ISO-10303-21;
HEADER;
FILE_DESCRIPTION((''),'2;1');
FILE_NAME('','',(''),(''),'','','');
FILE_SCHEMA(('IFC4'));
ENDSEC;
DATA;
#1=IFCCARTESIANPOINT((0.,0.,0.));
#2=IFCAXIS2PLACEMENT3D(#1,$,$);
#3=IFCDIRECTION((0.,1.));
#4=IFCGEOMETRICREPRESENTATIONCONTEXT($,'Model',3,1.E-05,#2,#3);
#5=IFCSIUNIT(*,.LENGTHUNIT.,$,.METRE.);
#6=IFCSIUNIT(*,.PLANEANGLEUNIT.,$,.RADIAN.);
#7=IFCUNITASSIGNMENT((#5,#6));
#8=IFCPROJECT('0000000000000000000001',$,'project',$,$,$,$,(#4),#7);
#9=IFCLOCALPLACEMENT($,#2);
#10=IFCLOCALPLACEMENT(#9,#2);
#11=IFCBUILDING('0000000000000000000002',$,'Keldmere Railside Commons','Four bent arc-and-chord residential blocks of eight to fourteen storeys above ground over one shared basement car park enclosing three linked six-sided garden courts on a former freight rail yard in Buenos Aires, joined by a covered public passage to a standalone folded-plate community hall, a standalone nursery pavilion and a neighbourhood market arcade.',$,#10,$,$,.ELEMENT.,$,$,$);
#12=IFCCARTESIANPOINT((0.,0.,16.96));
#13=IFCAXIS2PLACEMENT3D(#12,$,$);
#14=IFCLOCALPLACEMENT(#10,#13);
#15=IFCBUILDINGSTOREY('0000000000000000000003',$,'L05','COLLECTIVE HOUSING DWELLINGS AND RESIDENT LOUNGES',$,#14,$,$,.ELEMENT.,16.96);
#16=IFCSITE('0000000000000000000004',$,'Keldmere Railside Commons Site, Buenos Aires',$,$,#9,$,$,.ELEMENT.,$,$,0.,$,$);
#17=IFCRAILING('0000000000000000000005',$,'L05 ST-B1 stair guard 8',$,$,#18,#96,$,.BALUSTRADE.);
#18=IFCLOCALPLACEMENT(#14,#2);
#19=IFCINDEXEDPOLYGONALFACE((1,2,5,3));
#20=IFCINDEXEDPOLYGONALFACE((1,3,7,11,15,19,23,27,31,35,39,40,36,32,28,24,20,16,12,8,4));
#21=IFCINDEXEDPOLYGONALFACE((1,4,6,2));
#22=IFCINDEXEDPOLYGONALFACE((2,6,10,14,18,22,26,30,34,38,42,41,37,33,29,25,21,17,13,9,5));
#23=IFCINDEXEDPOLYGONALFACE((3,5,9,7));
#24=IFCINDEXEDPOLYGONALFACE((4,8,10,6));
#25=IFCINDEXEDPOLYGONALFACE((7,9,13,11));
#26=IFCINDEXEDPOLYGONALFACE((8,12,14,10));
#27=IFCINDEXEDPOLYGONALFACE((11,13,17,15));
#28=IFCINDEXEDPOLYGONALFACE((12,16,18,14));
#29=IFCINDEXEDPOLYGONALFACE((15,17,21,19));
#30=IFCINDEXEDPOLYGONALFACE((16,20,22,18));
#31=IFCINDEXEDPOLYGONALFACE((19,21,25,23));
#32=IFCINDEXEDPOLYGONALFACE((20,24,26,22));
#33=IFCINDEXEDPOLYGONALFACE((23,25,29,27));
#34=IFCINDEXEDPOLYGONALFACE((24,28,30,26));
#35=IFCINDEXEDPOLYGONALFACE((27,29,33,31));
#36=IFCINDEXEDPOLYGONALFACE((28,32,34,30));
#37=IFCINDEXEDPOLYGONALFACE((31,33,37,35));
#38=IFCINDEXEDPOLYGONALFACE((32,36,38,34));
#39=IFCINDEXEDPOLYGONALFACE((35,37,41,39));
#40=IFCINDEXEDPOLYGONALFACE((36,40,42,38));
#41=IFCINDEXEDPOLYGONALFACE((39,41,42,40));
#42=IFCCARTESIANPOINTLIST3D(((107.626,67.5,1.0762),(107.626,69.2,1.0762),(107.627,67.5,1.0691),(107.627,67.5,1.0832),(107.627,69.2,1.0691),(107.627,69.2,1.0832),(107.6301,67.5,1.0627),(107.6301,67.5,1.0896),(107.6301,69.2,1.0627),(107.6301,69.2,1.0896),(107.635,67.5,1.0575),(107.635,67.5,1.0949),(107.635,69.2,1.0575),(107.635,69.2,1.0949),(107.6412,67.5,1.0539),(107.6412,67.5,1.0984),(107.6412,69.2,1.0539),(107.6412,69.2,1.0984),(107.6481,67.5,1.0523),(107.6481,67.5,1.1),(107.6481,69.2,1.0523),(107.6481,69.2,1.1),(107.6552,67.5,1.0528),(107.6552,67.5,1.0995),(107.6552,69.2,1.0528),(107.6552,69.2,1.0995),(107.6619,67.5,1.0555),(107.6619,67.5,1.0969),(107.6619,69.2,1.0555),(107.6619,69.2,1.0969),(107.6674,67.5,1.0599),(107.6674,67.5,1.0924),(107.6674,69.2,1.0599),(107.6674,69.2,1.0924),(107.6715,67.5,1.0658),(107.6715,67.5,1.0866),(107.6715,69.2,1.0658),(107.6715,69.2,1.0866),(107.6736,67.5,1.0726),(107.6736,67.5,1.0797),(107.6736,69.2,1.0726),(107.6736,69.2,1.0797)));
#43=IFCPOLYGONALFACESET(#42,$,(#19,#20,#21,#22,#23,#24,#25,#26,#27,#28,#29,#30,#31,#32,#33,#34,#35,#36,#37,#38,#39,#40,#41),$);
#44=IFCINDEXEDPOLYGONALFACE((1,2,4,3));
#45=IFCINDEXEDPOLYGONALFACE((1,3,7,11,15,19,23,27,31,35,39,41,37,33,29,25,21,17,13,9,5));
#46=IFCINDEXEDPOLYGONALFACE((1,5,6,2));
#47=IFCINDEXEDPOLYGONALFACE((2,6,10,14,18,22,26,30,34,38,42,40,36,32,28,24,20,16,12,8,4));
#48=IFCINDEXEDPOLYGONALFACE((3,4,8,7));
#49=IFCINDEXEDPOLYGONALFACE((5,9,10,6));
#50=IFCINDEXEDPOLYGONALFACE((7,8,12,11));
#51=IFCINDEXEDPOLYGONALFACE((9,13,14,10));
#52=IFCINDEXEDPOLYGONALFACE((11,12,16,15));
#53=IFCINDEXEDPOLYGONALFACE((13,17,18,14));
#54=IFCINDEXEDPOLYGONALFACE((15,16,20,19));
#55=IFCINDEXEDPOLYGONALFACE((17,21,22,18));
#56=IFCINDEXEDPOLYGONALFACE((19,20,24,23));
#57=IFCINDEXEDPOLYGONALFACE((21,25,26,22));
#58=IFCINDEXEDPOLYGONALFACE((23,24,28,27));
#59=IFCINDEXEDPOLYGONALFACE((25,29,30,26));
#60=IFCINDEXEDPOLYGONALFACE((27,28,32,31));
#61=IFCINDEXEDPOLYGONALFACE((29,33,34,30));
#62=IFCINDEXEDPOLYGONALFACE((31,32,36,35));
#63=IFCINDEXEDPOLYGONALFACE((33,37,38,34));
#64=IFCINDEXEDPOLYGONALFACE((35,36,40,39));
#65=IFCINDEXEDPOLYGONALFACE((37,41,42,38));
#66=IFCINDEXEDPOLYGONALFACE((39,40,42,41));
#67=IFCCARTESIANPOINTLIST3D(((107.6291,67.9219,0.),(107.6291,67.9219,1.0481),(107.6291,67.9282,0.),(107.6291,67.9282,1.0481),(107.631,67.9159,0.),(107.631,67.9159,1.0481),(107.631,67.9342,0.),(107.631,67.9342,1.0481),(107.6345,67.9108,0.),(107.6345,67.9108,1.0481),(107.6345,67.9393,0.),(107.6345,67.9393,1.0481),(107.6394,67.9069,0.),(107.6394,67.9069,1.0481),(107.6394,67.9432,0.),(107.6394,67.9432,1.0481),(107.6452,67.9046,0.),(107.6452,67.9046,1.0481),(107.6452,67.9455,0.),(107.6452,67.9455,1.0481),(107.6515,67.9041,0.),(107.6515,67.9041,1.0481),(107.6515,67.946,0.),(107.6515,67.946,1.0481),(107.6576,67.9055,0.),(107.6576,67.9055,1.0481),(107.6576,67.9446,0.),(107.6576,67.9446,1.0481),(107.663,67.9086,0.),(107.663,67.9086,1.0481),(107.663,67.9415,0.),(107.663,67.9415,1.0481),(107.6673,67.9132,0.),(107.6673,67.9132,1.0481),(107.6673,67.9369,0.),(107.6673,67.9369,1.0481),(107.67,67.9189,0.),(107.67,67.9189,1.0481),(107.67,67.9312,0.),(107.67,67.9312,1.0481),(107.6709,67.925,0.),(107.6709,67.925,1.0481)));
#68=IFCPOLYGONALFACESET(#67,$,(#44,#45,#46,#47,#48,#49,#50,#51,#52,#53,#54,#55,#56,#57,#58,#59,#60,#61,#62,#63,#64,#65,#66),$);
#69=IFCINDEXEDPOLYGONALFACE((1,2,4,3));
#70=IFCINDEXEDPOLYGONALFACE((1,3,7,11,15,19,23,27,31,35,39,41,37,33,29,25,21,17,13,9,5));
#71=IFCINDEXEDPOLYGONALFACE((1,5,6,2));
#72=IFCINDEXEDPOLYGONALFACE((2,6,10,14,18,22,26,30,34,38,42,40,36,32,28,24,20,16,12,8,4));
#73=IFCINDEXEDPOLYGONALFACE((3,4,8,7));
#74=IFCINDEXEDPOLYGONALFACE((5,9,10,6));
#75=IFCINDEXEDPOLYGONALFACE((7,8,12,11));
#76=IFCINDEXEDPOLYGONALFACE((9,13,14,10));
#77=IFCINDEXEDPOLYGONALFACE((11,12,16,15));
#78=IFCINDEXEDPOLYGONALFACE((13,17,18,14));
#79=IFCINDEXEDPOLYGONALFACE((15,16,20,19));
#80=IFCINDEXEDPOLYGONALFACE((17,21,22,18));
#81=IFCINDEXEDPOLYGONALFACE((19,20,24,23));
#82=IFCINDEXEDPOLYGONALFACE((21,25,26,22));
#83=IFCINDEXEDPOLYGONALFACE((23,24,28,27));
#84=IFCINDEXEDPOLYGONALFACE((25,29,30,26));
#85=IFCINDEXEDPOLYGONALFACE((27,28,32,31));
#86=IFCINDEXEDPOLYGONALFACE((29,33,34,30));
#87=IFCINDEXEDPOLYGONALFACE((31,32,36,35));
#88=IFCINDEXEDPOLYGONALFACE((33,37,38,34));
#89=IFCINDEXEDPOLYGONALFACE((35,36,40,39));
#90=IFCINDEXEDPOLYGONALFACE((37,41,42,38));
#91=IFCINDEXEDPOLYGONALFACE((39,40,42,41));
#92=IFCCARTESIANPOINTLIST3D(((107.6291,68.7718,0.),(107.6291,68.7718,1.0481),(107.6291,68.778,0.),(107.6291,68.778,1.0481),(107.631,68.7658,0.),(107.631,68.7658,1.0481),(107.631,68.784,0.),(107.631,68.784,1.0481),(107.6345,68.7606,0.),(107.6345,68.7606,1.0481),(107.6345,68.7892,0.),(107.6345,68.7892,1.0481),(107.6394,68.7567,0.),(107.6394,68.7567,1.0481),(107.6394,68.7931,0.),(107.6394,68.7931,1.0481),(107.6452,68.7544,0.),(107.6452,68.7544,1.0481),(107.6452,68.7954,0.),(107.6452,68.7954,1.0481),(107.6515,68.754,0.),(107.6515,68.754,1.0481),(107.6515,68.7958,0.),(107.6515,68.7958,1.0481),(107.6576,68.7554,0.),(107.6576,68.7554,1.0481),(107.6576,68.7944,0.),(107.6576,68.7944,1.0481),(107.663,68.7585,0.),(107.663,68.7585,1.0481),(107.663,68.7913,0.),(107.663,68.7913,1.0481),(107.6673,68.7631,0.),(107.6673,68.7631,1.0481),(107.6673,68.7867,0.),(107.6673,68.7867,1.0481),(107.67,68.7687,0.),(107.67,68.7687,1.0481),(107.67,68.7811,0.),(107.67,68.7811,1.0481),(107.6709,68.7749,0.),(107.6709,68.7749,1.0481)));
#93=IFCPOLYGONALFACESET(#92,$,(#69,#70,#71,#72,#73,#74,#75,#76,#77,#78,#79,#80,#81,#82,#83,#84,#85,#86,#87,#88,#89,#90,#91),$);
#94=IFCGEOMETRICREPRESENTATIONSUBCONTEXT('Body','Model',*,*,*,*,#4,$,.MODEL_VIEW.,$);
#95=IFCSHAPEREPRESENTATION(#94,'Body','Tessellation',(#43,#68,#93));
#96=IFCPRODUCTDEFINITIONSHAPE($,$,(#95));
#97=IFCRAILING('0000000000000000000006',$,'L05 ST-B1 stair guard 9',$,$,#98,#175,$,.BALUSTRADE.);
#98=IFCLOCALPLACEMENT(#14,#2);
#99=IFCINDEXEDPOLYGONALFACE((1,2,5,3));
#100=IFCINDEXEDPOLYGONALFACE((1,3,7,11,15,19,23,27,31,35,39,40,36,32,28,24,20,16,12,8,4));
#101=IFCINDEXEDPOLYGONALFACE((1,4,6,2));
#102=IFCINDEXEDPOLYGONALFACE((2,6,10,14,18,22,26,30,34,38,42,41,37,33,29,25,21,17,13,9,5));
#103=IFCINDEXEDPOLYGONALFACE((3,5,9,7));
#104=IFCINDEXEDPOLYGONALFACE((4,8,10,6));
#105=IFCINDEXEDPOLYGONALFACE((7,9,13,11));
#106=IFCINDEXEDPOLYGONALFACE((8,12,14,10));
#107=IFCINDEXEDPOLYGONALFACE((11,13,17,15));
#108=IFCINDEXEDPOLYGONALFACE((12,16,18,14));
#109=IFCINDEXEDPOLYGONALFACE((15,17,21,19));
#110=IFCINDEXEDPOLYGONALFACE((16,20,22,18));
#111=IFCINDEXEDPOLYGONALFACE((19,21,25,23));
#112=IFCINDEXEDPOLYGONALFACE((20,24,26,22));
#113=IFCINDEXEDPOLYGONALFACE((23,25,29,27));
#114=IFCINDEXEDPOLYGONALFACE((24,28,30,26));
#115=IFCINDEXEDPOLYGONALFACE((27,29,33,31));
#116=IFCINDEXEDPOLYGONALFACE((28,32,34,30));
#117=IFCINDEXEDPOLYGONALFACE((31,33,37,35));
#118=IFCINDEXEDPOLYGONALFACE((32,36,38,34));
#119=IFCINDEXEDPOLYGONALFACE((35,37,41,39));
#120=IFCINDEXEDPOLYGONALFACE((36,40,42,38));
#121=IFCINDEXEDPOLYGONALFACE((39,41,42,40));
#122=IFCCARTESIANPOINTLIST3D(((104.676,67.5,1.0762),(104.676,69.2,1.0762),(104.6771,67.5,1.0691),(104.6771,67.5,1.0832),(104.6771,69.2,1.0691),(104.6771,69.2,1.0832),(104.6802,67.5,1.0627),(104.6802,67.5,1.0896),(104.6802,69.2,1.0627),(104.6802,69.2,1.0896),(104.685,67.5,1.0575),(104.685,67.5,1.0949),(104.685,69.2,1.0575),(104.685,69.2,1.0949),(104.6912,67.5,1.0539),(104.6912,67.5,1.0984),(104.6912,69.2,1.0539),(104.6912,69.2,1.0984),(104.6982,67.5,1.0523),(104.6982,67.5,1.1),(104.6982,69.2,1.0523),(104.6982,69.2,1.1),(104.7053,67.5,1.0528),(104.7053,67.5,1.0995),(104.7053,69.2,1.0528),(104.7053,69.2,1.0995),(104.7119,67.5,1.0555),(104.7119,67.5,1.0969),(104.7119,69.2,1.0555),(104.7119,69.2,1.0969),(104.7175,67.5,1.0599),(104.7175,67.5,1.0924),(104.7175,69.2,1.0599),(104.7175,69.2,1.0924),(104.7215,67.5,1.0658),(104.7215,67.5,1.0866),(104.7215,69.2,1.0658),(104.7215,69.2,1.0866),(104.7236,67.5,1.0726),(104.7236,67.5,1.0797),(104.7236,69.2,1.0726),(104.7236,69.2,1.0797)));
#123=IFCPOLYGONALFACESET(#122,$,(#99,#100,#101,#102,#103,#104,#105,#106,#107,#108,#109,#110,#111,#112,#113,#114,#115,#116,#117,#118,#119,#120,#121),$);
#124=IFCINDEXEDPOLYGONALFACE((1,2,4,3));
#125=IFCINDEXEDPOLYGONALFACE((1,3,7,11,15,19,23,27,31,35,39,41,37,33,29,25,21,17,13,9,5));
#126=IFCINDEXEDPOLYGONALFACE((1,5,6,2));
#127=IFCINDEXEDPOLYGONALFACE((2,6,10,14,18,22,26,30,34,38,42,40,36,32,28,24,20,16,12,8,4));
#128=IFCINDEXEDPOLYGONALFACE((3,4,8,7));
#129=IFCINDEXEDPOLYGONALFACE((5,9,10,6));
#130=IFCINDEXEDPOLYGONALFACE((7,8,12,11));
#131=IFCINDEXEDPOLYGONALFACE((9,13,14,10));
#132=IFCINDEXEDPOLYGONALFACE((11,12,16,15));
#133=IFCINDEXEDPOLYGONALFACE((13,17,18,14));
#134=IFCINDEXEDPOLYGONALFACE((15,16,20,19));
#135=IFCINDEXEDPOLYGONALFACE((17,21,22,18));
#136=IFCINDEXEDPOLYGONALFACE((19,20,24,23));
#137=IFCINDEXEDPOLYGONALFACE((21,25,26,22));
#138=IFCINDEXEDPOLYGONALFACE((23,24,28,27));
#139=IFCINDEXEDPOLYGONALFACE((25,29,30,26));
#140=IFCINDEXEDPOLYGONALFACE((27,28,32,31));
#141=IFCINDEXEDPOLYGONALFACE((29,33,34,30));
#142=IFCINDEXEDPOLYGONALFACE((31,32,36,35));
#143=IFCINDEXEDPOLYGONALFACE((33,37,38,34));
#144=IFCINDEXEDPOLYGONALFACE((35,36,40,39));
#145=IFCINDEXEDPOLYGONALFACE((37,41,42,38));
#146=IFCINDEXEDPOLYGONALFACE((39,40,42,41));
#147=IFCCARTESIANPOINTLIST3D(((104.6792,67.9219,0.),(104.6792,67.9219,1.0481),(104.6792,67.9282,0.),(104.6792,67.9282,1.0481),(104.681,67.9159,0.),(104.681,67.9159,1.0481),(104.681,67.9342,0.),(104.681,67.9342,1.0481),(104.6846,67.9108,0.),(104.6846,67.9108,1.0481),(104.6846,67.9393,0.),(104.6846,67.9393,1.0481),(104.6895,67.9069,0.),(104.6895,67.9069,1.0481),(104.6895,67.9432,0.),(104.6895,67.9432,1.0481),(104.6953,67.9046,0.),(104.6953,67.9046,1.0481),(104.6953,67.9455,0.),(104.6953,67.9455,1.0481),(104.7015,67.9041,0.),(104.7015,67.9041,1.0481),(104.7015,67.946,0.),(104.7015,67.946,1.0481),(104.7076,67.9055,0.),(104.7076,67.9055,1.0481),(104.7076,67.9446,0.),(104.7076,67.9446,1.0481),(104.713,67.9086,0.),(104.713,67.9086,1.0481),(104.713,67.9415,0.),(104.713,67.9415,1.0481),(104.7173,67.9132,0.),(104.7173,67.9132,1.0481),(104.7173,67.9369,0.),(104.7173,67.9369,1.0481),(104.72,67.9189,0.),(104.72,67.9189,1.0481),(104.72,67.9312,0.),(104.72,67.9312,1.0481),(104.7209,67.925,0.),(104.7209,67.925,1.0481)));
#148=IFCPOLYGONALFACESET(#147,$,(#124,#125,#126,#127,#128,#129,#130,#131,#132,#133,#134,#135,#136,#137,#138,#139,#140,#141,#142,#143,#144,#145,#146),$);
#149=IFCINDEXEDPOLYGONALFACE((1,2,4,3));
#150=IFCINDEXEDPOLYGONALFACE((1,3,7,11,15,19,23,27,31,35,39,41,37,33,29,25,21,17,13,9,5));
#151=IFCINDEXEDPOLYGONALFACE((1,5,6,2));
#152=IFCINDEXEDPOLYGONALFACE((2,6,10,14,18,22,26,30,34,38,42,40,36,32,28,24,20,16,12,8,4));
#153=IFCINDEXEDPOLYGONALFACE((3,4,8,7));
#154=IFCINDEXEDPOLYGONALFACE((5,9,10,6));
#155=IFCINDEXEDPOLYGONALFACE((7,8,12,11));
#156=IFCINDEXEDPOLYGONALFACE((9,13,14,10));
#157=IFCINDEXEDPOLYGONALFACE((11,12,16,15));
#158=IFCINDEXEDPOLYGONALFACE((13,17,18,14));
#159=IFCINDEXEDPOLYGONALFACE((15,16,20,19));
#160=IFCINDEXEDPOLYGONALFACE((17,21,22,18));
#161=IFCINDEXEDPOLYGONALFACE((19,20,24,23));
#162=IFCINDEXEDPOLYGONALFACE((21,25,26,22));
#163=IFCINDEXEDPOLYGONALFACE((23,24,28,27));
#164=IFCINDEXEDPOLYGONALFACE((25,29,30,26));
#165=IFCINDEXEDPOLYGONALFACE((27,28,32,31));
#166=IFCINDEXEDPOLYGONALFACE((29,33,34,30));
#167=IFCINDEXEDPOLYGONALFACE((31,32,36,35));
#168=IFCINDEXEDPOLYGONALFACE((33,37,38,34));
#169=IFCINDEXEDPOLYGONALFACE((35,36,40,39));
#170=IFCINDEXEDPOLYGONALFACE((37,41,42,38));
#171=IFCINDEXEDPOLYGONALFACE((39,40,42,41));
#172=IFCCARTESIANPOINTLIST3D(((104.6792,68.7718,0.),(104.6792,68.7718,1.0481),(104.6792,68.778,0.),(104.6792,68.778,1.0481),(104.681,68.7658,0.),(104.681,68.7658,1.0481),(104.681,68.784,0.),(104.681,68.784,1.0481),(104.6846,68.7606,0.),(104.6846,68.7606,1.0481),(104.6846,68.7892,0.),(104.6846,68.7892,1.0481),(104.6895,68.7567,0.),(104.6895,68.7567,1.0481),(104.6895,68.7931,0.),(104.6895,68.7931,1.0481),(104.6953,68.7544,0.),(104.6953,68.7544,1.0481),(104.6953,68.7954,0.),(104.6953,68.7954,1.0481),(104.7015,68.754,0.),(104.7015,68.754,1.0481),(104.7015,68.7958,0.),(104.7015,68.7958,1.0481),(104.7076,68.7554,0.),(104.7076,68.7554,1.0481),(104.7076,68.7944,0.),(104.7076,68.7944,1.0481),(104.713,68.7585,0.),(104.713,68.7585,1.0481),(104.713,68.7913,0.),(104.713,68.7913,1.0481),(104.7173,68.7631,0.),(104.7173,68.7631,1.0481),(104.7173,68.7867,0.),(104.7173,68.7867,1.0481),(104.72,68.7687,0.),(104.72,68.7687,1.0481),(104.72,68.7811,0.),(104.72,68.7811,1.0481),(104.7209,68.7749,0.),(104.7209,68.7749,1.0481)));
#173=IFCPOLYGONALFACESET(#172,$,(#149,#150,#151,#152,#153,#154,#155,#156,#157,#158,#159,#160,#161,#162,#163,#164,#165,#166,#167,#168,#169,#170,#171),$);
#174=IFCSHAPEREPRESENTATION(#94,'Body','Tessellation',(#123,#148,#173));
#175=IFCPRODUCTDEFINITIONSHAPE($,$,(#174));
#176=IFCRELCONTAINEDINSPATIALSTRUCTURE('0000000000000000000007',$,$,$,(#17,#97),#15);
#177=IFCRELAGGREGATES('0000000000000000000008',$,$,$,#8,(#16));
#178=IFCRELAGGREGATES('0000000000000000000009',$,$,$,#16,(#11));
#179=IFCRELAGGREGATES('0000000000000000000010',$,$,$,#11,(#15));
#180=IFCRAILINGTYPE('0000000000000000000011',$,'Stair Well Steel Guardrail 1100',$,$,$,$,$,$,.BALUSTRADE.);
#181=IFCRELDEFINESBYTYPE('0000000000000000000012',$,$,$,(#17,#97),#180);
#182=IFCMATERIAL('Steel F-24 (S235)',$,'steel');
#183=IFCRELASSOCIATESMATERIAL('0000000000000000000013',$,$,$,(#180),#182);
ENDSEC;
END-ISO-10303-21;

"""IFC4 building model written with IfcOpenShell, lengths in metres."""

from ifc_helpers import new_model, si_unit, direction, frame, origin, origin_2d, place, context, subcontext, project, spatial, circle, extrude, material, type_object, element, save


model = new_model("IFC4")

# Units and contexts
model_context = context("Model", 3, precision=1e-05, world=origin(), true_north=direction((0.0, 1.0)))
body_context = subcontext(model_context, "Body", "Model", "MODEL_VIEW")
ifc_project = project(units=[si_unit("LENGTHUNIT", "METRE"), si_unit("PLANEANGLEUNIT", "RADIAN")], contexts=[model_context])

# Site, building, storey
site_placement = place(None, origin())
site = spatial("IfcSite", under=ifc_project, at=site_placement, Name="Keldmere Railside Commons Site, Buenos Aires", CompositionType="ELEMENT", RefElevation=0.0)
building_placement = place(site_placement, origin())
building = spatial("IfcBuilding", under=site, at=building_placement, Name="Keldmere Railside Commons", Description="Four bent arc-and-chord residential blocks of eight to fourteen storeys above ground over one shared basement car park enclosing three linked six-sided garden courts on a former freight rail yard in Buenos Aires, joined by a covered public passage to a standalone folded-plate community hall, a standalone nursery pavilion and a neighbourhood market arcade.", CompositionType="ELEMENT")
storey_placement = place(building_placement, frame((0.0, 0.0, 16.96)))
storey = spatial("IfcBuildingStorey", under=building, at=storey_placement, Name="L05", Description="COLLECTIVE HOUSING DWELLINGS AND RESIDENT LOUNGES", CompositionType="ELEMENT", Elevation=16.96)

# Shared definitions
ifc_material_1 = material(Name="Steel F-24 (S235)", Category="steel")

# Railings
railing_type_1 = type_object("IfcRailingType", Name="Stair Well Steel Guardrail 1100", PredefinedType="BALUSTRADE", material=ifc_material_1)
for number, where, name in (
    (1, (107.6499, 67.5, 0.0), "L05 ST-B1 stair guard 8"),
    (2, (104.7, 67.5, 0.0), "L05 ST-B1 stair guard 9"),
):
    element("IfcRailing", number, at=place(storey_placement, frame(where)), inside=storey, type_object=railing_type_1, Name=name, PredefinedType="BALUSTRADE", context=body_context, shape_type="SweptSolid", body=[
        extrude(circle(Radius=0.0239, at=origin_2d()), frame((0.0, 0.0, 1.0762), z_axis=(0.0, 1.0, 0.0), x_axis=(-1.0, 0.0, 0.0)), (0.0, 0.0, 1.0), 1.7),
        extrude(circle(Radius=0.021, at=origin_2d()), frame((0.0, 0.425, 0.0)), (0.0, 0.0, 1.0), 1.0481),
        extrude(circle(Radius=0.021, at=origin_2d()), frame((0.0, 1.2749, 0.0)), (0.0, 0.0, 1.0), 1.0481),
    ])

save(model, "model.ifc")
